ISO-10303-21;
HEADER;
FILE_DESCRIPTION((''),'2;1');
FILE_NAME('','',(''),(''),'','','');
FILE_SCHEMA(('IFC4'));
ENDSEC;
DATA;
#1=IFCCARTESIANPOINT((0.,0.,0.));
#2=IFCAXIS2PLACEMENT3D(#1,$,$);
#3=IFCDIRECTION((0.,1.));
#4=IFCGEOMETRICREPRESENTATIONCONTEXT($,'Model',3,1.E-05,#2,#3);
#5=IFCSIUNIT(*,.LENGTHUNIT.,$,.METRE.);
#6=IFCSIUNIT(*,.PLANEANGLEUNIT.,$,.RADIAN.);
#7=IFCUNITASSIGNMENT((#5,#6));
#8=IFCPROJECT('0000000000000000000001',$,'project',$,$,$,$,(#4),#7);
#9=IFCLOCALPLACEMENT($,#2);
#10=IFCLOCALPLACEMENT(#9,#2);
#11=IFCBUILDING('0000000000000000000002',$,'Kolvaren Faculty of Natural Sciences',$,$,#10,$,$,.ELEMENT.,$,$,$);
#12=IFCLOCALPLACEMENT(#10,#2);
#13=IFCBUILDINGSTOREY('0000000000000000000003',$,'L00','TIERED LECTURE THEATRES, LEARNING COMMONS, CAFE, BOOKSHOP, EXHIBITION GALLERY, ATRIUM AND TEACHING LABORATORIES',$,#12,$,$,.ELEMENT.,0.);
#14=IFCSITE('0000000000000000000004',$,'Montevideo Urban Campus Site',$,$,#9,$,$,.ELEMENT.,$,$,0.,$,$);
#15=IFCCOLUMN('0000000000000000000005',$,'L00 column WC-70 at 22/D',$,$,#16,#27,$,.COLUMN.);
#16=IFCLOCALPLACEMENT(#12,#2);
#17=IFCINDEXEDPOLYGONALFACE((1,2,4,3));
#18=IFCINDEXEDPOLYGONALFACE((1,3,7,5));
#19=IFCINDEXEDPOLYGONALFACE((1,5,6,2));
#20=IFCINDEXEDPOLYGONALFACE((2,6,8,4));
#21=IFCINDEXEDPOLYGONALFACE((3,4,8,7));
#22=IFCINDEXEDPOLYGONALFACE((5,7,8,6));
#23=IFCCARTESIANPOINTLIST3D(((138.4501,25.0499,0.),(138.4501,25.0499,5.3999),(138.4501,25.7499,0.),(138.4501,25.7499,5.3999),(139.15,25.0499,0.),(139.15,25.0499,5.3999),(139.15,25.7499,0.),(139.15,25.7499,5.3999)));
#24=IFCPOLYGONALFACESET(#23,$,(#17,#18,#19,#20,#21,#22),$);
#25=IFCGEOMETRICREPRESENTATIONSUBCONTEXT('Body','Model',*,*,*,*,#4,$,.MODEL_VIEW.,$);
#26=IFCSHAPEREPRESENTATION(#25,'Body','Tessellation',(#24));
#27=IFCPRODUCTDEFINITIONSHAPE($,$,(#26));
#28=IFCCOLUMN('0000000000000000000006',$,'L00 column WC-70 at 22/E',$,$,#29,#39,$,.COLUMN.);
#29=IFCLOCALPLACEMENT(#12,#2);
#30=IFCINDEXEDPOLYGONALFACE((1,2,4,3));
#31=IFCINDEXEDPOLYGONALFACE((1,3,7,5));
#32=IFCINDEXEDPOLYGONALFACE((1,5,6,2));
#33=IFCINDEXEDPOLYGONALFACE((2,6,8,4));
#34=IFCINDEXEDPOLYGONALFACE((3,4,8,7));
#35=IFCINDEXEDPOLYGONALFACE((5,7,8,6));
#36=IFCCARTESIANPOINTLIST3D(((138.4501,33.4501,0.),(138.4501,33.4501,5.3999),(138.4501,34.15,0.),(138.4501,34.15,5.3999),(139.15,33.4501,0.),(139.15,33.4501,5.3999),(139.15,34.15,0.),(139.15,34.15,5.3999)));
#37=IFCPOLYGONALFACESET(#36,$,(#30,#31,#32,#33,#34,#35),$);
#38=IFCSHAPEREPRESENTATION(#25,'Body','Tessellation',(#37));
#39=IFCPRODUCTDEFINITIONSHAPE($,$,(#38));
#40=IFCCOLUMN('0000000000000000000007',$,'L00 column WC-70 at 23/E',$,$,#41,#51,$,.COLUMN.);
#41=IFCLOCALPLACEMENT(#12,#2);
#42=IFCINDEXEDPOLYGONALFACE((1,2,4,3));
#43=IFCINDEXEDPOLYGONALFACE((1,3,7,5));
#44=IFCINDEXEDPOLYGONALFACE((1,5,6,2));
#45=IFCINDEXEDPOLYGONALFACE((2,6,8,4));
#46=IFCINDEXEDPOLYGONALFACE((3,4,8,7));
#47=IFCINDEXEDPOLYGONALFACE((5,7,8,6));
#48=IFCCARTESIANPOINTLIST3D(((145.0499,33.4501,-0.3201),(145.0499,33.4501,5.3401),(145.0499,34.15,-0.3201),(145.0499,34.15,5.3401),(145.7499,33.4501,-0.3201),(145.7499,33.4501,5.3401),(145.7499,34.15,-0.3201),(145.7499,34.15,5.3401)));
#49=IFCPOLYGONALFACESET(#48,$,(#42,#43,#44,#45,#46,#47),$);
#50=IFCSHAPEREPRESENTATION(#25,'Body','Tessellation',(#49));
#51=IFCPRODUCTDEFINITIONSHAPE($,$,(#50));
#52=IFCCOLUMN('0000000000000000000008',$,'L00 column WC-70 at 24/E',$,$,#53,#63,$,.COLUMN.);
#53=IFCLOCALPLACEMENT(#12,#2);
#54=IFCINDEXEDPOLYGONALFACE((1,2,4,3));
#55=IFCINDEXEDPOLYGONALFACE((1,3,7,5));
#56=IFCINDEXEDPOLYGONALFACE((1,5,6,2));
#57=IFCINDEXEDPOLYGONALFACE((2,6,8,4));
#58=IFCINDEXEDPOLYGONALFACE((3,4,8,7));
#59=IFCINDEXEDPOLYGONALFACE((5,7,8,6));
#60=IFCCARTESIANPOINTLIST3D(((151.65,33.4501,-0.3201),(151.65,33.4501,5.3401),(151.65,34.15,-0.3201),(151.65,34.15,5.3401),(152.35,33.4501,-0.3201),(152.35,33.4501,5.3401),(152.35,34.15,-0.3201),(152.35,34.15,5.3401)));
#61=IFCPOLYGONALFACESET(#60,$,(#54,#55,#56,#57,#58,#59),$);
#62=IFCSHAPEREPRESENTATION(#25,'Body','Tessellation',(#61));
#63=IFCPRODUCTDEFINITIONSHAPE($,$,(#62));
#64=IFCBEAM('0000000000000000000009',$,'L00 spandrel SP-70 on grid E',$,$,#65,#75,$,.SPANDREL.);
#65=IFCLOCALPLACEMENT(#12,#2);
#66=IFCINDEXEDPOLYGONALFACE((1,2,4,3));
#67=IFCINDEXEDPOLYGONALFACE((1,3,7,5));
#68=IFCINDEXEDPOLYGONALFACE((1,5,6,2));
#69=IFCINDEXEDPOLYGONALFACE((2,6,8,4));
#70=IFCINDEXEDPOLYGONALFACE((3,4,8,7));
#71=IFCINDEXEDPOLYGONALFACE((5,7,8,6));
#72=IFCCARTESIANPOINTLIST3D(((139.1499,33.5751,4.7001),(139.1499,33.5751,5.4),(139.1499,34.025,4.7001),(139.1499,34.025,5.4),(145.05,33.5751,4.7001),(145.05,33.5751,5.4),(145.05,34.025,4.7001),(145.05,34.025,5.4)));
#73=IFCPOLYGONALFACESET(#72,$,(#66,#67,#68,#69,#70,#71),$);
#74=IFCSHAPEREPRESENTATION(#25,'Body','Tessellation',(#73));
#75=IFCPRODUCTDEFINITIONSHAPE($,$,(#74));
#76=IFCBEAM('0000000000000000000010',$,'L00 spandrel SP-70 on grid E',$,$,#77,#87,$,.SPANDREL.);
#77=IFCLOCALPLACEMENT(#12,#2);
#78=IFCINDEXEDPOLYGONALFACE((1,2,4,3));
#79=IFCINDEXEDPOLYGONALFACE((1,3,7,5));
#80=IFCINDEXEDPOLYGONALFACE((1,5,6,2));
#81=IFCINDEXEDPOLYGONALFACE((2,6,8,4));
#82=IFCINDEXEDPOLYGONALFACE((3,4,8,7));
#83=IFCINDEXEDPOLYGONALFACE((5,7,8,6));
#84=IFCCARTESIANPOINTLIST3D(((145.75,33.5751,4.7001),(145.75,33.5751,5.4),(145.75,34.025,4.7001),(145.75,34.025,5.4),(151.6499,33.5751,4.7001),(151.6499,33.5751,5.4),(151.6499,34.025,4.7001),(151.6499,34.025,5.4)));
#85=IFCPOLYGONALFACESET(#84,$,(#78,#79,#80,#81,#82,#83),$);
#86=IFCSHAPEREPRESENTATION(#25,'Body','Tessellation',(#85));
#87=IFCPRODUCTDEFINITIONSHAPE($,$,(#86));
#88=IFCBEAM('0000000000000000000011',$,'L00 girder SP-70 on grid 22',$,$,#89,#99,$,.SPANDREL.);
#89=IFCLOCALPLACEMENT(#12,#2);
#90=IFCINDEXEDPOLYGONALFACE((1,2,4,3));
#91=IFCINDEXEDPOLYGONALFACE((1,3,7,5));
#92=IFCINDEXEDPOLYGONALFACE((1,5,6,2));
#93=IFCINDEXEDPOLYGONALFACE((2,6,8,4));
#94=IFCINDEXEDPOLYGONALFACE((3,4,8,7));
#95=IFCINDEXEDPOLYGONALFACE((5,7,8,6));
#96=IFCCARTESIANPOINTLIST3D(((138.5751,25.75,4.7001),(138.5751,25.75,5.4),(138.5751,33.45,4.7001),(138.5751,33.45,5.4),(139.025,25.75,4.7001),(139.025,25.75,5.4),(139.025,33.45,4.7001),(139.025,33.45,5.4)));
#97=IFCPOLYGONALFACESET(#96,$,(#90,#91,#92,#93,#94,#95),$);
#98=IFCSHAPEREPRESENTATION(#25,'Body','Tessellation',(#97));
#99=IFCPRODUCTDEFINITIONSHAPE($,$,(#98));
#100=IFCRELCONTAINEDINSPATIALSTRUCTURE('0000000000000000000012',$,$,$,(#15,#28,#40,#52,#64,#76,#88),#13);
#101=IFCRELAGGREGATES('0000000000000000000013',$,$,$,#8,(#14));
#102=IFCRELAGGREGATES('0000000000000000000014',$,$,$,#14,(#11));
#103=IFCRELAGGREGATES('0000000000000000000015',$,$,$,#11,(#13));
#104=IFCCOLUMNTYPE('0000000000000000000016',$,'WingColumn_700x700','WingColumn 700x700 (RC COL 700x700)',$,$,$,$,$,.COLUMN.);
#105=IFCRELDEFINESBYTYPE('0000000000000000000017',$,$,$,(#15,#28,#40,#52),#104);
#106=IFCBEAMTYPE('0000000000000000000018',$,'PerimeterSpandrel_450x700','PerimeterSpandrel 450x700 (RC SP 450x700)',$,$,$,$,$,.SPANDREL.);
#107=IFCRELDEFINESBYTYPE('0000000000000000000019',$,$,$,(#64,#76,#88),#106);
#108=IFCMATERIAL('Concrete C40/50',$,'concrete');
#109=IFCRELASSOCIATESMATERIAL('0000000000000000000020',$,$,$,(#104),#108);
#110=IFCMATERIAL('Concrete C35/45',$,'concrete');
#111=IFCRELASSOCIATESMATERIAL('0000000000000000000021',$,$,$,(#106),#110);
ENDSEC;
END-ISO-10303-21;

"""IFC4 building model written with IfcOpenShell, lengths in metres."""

from ifc_helpers import new_model, si_unit, direction, frame, origin, origin_2d, place, context, subcontext, project, spatial, rectangle, extrude, material, material_profile, profile_set, type_object, element, save


model = new_model("IFC4")

# Units and contexts
model_context = context("Model", 3, precision=1e-05, world=origin(), true_north=direction((0.0, 1.0)))
body_context = subcontext(model_context, "Body", "Model", "MODEL_VIEW")
ifc_project = project(units=[si_unit("LENGTHUNIT", "METRE"), si_unit("PLANEANGLEUNIT", "RADIAN")], contexts=[model_context])

# Site, building, storey
site_placement = place(None, origin())
site = spatial("IfcSite", under=ifc_project, at=site_placement, Name="Montevideo Urban Campus Site", CompositionType="ELEMENT", RefElevation=0.0)
building_placement = place(site_placement, origin())
building = spatial("IfcBuilding", under=site, at=building_placement, Name="Kolvaren Faculty of Natural Sciences", CompositionType="ELEMENT")
storey_placement = place(building_placement, origin())
storey = spatial("IfcBuildingStorey", under=building, at=storey_placement, Name="L00", Description="TIERED LECTURE THEATRES, LEARNING COMMONS, CAFE, BOOKSHOP, EXHIBITION GALLERY, ATRIUM AND TEACHING LABORATORIES", CompositionType="ELEMENT", Elevation=0.0)

# Shared definitions
ifc_material_1 = material(Name="Concrete C35/45", Category="concrete")

# Columns
ifc_material_2 = material(Name="Concrete C40/50", Category="concrete")
ifc_material_profile_1 = material_profile(ifc_material_2, rectangle(XDim=0.7, YDim=0.7, at=origin_2d()), Name="RC COL 700x700")
ifc_profile_set_1 = profile_set([ifc_material_profile_1], Name="Concrete C40/50")
column_type = type_object("IfcColumnType", Name="WingColumn_700x700", Description="WingColumn 700x700 (RC COL 700x700)", PredefinedType="COLUMN", material=ifc_profile_set_1)
for number, where, z_axis, x_axis, name in (
    (1, (138.8, 25.3999, 0.0), (0.0, 0.0, 1.0), (1.0, 0.0, 0.0), "L00 column WC-70 at 22/D"),
    (2, (138.8, 33.8, 0.0), (0.0, 0.0, 1.0), (1.0, 0.0, 0.0), "L00 column WC-70 at 22/E"),
):
    element("IfcColumn", number, at=place(storey_placement, frame(where, z_axis=z_axis, x_axis=x_axis)), inside=storey, type_object=column_type, Name=name, PredefinedType="COLUMN", context=body_context, shape_type="SweptSolid", body=[
        extrude(rectangle(XDim=0.7, YDim=0.7, at=origin_2d()), origin(), (0.0, 0.0, 1.0), 5.3999),
    ])
for number, where, z_axis, x_axis, name in (
    (3, (145.3999, 33.8, -0.3201), (0.0, 0.0, 1.0), (1.0, 0.0, 0.0), "L00 column WC-70 at 23/E"),
    (4, (152.0, 33.8, -0.3201), (0.0, 0.0, 1.0), (1.0, 0.0, 0.0), "L00 column WC-70 at 24/E"),
):
    element("IfcColumn", number, at=place(storey_placement, frame(where, z_axis=z_axis, x_axis=x_axis)), inside=storey, type_object=column_type, Name=name, PredefinedType="COLUMN", context=body_context, shape_type="SweptSolid", body=[
        extrude(rectangle(XDim=0.7, YDim=0.7, at=origin_2d()), origin(), (0.0, 0.0, 1.0), 5.6602),
    ])

# Beams
ifc_material_profile_2 = material_profile(ifc_material_1, rectangle(XDim=0.45, YDim=0.7, at=origin_2d()), Name="RC SP 450x700")
ifc_profile_set_2 = profile_set([ifc_material_profile_2], Name="Concrete C35/45")
beam_type = type_object("IfcBeamType", Name="PerimeterSpandrel_450x700", Description="PerimeterSpandrel 450x700 (RC SP 450x700)", PredefinedType="SPANDREL", material=ifc_profile_set_2)
beam_1_placement = place(storey_placement, frame((139.1499, 33.8, 5.05), z_axis=(1.0, 0.0, 0.0), x_axis=(0.0, 1.0, 0.0)))
element("IfcBeam", 5, at=beam_1_placement, inside=storey, type_object=beam_type, Name="L00 spandrel SP-70 on grid E", PredefinedType="SPANDREL", context=body_context, shape_type="SweptSolid", body=[
    extrude(rectangle(XDim=0.45, YDim=0.7, at=origin_2d()), origin(), (0.0, 0.0, 1.0), 5.9001),
])
beam_2_placement = place(storey_placement, frame((145.75, 33.8, 5.05), z_axis=(1.0, 0.0, 0.0), x_axis=(0.0, 1.0, 0.0)))
element("IfcBeam", 6, at=beam_2_placement, inside=storey, type_object=beam_type, Name="L00 spandrel SP-70 on grid E", PredefinedType="SPANDREL", context=body_context, shape_type="SweptSolid", body=[
    extrude(rectangle(XDim=0.45, YDim=0.7, at=origin_2d()), origin(), (0.0, 0.0, 1.0), 5.8999),
])
beam_3_placement = place(storey_placement, frame((138.8, 25.75, 5.05), z_axis=(0.0, 1.0, 0.0), x_axis=(-1.0, 0.0, 0.0)))
element("IfcBeam", 7, at=beam_3_placement, inside=storey, type_object=beam_type, Name="L00 girder SP-70 on grid 22", PredefinedType="SPANDREL", context=body_context, shape_type="SweptSolid", body=[
    extrude(rectangle(XDim=0.45, YDim=0.7, at=origin_2d()), origin(), (0.0, 0.0, 1.0), 7.7),
])

save(model, "model.ifc")
